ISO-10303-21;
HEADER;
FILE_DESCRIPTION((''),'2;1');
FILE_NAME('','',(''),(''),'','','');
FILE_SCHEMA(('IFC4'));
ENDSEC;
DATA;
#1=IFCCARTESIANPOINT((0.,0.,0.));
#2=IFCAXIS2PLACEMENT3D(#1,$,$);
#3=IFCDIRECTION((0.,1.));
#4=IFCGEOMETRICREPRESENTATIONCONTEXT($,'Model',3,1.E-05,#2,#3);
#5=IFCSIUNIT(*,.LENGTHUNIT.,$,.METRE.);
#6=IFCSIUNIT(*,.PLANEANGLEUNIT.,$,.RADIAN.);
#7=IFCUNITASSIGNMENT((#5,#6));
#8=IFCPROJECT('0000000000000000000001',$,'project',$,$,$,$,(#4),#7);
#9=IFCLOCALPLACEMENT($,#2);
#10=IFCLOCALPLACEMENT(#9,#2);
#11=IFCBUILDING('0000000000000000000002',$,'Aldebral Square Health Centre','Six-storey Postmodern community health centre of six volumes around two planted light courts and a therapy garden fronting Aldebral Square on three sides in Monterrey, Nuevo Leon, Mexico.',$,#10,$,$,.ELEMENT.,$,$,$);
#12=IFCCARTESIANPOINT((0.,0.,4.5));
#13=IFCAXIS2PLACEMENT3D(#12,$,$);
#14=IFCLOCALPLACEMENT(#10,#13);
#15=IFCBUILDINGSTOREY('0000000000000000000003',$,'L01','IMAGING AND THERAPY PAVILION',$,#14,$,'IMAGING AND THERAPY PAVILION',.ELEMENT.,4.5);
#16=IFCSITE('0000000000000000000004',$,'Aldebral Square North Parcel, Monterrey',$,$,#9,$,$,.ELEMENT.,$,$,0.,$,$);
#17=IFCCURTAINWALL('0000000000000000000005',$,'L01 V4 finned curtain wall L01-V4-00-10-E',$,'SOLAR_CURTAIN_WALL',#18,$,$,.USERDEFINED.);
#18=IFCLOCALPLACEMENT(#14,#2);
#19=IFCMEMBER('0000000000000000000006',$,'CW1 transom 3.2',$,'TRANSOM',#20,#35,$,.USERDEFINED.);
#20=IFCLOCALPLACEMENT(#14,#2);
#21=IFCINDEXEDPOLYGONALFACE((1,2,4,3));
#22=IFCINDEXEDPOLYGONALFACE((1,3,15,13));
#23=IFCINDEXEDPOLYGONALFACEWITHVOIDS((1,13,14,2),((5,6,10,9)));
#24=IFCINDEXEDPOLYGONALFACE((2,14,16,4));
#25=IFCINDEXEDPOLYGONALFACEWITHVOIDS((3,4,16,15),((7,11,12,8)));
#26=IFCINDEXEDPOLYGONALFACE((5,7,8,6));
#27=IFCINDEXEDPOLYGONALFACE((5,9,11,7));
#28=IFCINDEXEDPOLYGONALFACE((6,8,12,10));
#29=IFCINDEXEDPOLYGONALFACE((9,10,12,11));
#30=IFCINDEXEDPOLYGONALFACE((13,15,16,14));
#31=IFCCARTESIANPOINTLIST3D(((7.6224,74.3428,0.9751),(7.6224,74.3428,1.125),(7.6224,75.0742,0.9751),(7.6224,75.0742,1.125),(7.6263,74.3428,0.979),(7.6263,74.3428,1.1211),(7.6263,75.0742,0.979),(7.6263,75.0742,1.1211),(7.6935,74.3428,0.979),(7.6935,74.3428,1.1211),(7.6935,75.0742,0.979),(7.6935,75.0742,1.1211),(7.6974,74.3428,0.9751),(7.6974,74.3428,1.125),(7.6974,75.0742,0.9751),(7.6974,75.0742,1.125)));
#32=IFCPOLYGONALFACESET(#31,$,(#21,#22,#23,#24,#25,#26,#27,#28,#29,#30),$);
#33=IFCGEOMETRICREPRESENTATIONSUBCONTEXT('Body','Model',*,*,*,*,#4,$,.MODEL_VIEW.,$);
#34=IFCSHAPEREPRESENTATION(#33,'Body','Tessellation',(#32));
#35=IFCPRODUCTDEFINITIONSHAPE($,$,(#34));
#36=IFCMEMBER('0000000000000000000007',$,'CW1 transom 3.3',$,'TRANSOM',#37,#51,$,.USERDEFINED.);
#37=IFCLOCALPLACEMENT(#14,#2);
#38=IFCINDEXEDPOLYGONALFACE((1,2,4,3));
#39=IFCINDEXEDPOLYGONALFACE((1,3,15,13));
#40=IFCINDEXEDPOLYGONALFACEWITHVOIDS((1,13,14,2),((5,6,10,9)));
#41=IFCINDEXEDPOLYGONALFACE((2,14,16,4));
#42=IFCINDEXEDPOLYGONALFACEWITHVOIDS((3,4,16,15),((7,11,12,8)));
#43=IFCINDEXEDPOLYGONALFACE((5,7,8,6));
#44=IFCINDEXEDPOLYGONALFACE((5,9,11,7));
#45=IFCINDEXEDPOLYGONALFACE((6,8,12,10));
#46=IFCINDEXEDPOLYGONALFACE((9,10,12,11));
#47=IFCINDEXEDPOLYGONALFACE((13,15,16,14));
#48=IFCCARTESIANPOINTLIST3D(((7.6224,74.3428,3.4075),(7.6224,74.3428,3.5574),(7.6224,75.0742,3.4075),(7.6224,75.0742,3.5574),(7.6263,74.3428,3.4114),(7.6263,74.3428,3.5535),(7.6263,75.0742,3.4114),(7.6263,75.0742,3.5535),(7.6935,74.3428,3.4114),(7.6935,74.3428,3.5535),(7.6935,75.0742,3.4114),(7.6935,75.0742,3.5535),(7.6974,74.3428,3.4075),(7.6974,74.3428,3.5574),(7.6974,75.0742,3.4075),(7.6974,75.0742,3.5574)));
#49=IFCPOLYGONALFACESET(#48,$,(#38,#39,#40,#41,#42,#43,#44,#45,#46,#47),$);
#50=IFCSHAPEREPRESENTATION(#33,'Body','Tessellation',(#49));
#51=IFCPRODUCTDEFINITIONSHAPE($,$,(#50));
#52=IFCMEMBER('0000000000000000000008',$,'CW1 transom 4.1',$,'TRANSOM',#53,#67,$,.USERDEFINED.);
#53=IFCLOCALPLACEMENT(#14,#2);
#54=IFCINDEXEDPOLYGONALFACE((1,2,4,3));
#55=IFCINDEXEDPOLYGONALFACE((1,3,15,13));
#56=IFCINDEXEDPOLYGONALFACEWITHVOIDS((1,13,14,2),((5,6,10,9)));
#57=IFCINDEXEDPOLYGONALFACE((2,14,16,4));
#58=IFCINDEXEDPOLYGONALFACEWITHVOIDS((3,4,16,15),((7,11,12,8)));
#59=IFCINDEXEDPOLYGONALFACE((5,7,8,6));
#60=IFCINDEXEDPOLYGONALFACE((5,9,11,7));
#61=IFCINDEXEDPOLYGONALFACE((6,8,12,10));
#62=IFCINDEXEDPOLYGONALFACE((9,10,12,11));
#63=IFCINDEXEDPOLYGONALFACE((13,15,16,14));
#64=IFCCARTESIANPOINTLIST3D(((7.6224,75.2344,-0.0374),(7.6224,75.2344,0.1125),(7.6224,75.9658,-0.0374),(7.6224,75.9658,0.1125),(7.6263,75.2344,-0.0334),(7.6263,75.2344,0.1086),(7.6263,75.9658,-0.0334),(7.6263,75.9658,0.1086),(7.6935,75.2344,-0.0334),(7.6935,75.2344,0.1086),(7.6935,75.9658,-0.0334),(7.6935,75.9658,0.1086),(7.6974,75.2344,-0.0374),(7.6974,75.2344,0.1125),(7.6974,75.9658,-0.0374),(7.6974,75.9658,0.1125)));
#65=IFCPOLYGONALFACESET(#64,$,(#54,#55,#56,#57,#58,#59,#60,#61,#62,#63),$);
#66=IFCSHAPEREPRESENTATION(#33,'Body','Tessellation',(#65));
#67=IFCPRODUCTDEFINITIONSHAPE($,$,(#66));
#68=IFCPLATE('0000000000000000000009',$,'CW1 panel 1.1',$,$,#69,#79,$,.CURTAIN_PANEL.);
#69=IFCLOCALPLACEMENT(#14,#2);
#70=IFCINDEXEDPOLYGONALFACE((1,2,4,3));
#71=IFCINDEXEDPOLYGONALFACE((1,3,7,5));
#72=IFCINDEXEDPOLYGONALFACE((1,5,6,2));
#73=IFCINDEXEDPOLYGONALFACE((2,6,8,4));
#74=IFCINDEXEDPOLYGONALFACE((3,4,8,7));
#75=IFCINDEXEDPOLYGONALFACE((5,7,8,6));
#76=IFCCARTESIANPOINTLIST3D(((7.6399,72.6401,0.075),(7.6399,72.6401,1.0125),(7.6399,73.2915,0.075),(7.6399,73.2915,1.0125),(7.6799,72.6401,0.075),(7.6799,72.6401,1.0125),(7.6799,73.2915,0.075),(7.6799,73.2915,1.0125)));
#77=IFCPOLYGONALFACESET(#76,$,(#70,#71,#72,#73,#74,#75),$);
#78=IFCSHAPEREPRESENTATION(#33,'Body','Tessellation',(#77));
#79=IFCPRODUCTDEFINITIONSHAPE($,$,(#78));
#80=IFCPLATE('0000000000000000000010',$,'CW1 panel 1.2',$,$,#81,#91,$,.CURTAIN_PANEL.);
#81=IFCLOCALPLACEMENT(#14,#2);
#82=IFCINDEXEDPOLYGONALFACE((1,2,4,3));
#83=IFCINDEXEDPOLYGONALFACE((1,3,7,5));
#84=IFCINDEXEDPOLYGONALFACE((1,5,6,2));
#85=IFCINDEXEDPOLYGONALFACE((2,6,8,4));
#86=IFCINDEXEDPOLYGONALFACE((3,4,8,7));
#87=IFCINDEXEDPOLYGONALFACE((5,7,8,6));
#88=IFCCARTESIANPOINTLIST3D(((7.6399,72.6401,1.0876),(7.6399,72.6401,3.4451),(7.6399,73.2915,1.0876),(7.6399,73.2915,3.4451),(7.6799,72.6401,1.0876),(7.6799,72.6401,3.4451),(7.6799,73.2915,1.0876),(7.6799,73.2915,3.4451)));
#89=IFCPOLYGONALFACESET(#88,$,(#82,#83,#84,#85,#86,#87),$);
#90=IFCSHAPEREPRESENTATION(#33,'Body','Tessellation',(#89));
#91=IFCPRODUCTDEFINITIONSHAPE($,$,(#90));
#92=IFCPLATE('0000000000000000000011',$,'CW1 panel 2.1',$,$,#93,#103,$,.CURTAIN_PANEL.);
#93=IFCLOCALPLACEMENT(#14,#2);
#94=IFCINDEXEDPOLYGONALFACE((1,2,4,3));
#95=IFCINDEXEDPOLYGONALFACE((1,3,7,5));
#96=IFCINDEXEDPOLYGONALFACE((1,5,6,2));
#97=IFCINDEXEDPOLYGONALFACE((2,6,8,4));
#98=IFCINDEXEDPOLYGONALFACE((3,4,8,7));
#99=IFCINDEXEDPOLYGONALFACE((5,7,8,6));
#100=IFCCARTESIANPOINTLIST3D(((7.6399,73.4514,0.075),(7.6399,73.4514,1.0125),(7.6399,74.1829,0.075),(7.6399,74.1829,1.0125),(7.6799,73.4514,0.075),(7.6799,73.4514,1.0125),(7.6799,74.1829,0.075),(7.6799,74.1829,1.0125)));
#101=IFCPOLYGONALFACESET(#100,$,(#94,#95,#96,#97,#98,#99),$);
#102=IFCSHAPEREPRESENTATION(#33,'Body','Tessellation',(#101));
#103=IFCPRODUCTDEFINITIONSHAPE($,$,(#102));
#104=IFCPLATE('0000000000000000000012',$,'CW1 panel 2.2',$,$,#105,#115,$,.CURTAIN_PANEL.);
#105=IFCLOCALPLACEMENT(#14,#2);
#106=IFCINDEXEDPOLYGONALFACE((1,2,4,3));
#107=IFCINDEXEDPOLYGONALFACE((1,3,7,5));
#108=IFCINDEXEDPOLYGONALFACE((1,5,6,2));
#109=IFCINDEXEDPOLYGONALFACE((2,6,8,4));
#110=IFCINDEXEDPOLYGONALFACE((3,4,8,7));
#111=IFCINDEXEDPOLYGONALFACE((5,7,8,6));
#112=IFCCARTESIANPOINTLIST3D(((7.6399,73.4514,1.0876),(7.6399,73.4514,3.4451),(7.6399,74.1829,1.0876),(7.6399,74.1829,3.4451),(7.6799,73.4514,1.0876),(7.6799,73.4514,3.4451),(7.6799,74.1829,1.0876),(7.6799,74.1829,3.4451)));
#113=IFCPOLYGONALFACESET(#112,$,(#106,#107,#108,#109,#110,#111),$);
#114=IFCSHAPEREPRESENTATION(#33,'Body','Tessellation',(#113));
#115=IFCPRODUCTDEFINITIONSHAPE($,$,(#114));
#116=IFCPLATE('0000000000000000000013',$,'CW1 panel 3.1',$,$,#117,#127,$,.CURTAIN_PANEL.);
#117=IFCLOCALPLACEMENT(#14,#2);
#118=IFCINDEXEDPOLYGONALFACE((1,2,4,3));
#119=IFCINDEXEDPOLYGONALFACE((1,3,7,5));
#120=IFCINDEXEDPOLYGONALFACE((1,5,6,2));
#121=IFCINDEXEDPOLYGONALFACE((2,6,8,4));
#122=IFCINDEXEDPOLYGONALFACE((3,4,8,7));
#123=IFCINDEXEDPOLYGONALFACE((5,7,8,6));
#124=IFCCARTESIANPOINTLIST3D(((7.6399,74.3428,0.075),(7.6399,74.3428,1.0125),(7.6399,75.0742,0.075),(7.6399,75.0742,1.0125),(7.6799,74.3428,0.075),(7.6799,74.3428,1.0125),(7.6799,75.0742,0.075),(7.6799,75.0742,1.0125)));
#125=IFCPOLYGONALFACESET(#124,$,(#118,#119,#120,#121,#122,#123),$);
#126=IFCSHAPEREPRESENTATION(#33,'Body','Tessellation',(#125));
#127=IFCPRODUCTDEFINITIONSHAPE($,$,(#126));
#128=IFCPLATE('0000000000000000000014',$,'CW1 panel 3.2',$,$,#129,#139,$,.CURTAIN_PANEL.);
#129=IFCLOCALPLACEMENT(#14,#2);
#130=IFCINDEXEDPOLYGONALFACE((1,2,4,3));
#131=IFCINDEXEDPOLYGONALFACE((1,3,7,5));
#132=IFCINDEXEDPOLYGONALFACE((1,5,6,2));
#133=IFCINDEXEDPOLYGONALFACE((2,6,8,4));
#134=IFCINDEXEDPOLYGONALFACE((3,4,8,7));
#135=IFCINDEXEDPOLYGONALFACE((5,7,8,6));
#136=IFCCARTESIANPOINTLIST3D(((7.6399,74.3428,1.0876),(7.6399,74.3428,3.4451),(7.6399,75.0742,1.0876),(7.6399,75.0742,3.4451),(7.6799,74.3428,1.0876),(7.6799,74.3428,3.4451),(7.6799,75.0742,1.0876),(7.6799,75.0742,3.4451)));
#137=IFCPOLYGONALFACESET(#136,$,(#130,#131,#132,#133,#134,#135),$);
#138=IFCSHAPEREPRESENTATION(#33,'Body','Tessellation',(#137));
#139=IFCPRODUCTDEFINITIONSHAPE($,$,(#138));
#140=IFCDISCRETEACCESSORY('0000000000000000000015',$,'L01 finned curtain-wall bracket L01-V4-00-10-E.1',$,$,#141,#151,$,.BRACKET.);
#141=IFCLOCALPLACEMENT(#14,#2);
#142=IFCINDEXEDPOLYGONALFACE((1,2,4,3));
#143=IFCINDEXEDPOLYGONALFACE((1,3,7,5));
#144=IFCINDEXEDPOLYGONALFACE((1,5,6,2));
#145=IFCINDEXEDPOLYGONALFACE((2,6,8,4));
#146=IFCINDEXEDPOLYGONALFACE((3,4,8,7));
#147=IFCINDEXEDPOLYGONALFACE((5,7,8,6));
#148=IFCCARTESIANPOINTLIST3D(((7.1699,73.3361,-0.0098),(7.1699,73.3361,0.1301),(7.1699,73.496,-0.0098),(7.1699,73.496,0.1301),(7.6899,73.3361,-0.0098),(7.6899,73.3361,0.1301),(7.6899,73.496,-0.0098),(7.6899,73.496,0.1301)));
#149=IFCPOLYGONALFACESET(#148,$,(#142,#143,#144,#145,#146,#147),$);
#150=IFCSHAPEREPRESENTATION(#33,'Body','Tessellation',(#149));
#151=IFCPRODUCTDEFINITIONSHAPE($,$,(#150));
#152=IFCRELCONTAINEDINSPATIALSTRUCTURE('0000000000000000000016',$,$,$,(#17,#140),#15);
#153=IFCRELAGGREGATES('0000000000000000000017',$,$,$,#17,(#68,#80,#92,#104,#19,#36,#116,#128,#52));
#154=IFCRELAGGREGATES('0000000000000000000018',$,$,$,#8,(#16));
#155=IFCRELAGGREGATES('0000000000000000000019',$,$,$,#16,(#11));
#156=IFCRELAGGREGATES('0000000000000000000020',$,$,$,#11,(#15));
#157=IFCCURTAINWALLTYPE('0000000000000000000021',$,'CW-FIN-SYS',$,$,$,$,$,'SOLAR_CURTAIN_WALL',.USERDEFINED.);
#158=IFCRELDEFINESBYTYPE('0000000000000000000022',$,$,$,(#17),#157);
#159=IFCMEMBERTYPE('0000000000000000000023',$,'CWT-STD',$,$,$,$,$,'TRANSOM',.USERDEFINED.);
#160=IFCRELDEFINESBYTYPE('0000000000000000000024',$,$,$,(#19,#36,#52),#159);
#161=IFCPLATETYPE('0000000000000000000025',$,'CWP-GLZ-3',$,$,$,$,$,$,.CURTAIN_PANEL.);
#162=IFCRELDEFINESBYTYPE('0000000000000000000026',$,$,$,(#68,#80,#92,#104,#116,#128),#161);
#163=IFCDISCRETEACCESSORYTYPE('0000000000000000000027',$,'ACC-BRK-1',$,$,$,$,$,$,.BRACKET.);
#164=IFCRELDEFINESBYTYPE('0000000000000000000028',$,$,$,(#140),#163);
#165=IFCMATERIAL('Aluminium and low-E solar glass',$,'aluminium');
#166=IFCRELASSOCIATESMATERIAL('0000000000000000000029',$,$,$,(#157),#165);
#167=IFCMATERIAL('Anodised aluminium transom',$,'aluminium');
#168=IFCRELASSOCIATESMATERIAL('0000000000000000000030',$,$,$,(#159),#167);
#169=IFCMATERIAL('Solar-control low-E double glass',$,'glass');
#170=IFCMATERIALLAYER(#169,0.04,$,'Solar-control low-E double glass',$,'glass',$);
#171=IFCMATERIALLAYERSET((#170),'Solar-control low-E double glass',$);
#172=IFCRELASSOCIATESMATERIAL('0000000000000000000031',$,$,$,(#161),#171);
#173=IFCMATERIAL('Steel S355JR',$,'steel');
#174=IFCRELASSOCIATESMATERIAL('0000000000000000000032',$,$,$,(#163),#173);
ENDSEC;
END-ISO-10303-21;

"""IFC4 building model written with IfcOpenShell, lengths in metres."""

from ifc_helpers import new_model, si_unit, direction, frame, origin, origin_2d, place, context, subcontext, project, spatial, rectangle, hollow_rectangle, extrude, material, layer, layer_set, material_profile, profile_set, type_object, element, aggregate, save


model = new_model("IFC4")

# Units and contexts
model_context = context("Model", 3, precision=1e-05, world=origin(), true_north=direction((0.0, 1.0)))
body_context = subcontext(model_context, "Body", "Model", "MODEL_VIEW")
ifc_project = project(units=[si_unit("LENGTHUNIT", "METRE"), si_unit("PLANEANGLEUNIT", "RADIAN")], contexts=[model_context])

# Site, building, storey
site_placement = place(None, origin())
site = spatial("IfcSite", under=ifc_project, at=site_placement, Name="Aldebral Square North Parcel, Monterrey", CompositionType="ELEMENT", RefElevation=0.0)
building_placement = place(site_placement, origin())
building = spatial("IfcBuilding", under=site, at=building_placement, Name="Aldebral Square Health Centre", Description="Six-storey Postmodern community health centre of six volumes around two planted light courts and a therapy garden fronting Aldebral Square on three sides in Monterrey, Nuevo Leon, Mexico.", CompositionType="ELEMENT")
storey_placement = place(building_placement, frame((0.0, 0.0, 4.5)))
storey = spatial("IfcBuildingStorey", under=building, at=storey_placement, Name="L01", Description="IMAGING AND THERAPY PAVILION", LongName="IMAGING AND THERAPY PAVILION", CompositionType="ELEMENT", Elevation=4.5)

# Curtain wall, members, plates
ifc_material_1 = material(Name="Aluminium and low-E solar glass", Category="aluminium")
curtain_wall_type = type_object("IfcCurtainWallType", Name="CW-FIN-SYS", ElementType="SOLAR_CURTAIN_WALL", PredefinedType="USERDEFINED", material=ifc_material_1)
curtain_wall_placement = place(storey_placement, origin())
curtain_wall = element("IfcCurtainWall", 1, at=curtain_wall_placement, inside=storey, type_object=curtain_wall_type, Name="L01 V4 finned curtain wall L01-V4-00-10-E", ObjectType="SOLAR_CURTAIN_WALL", PredefinedType="USERDEFINED")
ifc_material_2 = material(Name="Anodised aluminium transom", Category="aluminium")
ifc_material_profile_1 = material_profile(ifc_material_2, hollow_rectangle(XDim=0.075, YDim=0.1499, WallThickness=0.0039, at=origin_2d()), Name="CWT 75x150x4")
ifc_profile_set_1 = profile_set([ifc_material_profile_1], Name="Anodised aluminium transom")
member_type_1 = type_object("IfcMemberType", Name="CWT-STD", ElementType="TRANSOM", PredefinedType="USERDEFINED", material=ifc_profile_set_1)
member_1_placement = place(storey_placement, frame((7.6599, 74.3428, 1.05), z_axis=(0.0, 1.0, 0.0), x_axis=(-1.0, 0.0, 0.0)))
member_1 = element("IfcMember", 2, at=member_1_placement, type_object=member_type_1, Name="CW1 transom 3.2", ObjectType="TRANSOM", PredefinedType="USERDEFINED", context=body_context, shape_type="SweptSolid", body=[
    extrude(hollow_rectangle(XDim=0.075, YDim=0.1499, WallThickness=0.0039, at=origin_2d()), origin(), (0.0, 0.0, 1.0), 0.7314),
])
member_2_placement = place(storey_placement, frame((7.6599, 74.3428, 3.4824), z_axis=(0.0, 1.0, 0.0), x_axis=(-1.0, 0.0, 0.0)))
member_2 = element("IfcMember", 3, at=member_2_placement, type_object=member_type_1, Name="CW1 transom 3.3", ObjectType="TRANSOM", PredefinedType="USERDEFINED", context=body_context, shape_type="SweptSolid", body=[
    extrude(hollow_rectangle(XDim=0.075, YDim=0.1499, WallThickness=0.0039, at=origin_2d()), origin(), (0.0, 0.0, 1.0), 0.7314),
])
member_3_placement = place(storey_placement, frame((7.6599, 75.2344, 0.0376), z_axis=(0.0, 1.0, 0.0), x_axis=(-1.0, 0.0, 0.0)))
member_3 = element("IfcMember", 4, at=member_3_placement, type_object=member_type_1, Name="CW1 transom 4.1", ObjectType="TRANSOM", PredefinedType="USERDEFINED", context=body_context, shape_type="SweptSolid", body=[
    extrude(hollow_rectangle(XDim=0.075, YDim=0.1499, WallThickness=0.0039, at=origin_2d()), origin(), (0.0, 0.0, 1.0), 0.7314),
])
ifc_material_3 = material(Name="Solar-control low-E double glass", Category="glass")
ifc_layer = layer(ifc_material_3, 0.04, Name="Solar-control low-E double glass", Category="glass")
ifc_layer_set = layer_set([ifc_layer], Name="Solar-control low-E double glass")
plate_type = type_object("IfcPlateType", Name="CWP-GLZ-3", PredefinedType="CURTAIN_PANEL", material=ifc_layer_set)
plate_1_placement = place(storey_placement, frame((7.6599, 72.9658, 0.075), z_axis=(0.0, 0.0, 1.0), x_axis=(0.0, 1.0, 0.0)))
plate_1 = element("IfcPlate", 5, at=plate_1_placement, type_object=plate_type, Name="CW1 panel 1.1", PredefinedType="CURTAIN_PANEL", context=body_context, shape_type="SweptSolid", body=[
    extrude(rectangle(XDim=0.6514, YDim=0.04, at=origin_2d()), origin(), (0.0, 0.0, 1.0), 0.9375),
])
plate_2_placement = place(storey_placement, frame((7.6599, 72.9658, 1.0876), z_axis=(0.0, 0.0, 1.0), x_axis=(0.0, 1.0, 0.0)))
plate_2 = element("IfcPlate", 6, at=plate_2_placement, type_object=plate_type, Name="CW1 panel 1.2", PredefinedType="CURTAIN_PANEL", context=body_context, shape_type="SweptSolid", body=[
    extrude(rectangle(XDim=0.6514, YDim=0.04, at=origin_2d()), origin(), (0.0, 0.0, 1.0), 2.3574),
])
plate_3_placement = place(storey_placement, frame((7.6599, 73.8171, 0.075), z_axis=(0.0, 0.0, 1.0), x_axis=(0.0, 1.0, 0.0)))
plate_3 = element("IfcPlate", 7, at=plate_3_placement, type_object=plate_type, Name="CW1 panel 2.1", PredefinedType="CURTAIN_PANEL", context=body_context, shape_type="SweptSolid", body=[
    extrude(rectangle(XDim=0.7314, YDim=0.04, at=origin_2d()), origin(), (0.0, 0.0, 1.0), 0.9375),
])
plate_4_placement = place(storey_placement, frame((7.6599, 73.8171, 1.0876), z_axis=(0.0, 0.0, 1.0), x_axis=(0.0, 1.0, 0.0)))
plate_4 = element("IfcPlate", 8, at=plate_4_placement, type_object=plate_type, Name="CW1 panel 2.2", PredefinedType="CURTAIN_PANEL", context=body_context, shape_type="SweptSolid", body=[
    extrude(rectangle(XDim=0.7314, YDim=0.04, at=origin_2d()), origin(), (0.0, 0.0, 1.0), 2.3574),
])
plate_5_placement = place(storey_placement, frame((7.6599, 74.7085, 0.075), z_axis=(0.0, 0.0, 1.0), x_axis=(0.0, 1.0, 0.0)))
plate_5 = element("IfcPlate", 9, at=plate_5_placement, type_object=plate_type, Name="CW1 panel 3.1", PredefinedType="CURTAIN_PANEL", context=body_context, shape_type="SweptSolid", body=[
    extrude(rectangle(XDim=0.7314, YDim=0.04, at=origin_2d()), origin(), (0.0, 0.0, 1.0), 0.9375),
])
plate_6_placement = place(storey_placement, frame((7.6599, 74.7085, 1.0876), z_axis=(0.0, 0.0, 1.0), x_axis=(0.0, 1.0, 0.0)))
plate_6 = element("IfcPlate", 10, at=plate_6_placement, type_object=plate_type, Name="CW1 panel 3.2", PredefinedType="CURTAIN_PANEL", context=body_context, shape_type="SweptSolid", body=[
    extrude(rectangle(XDim=0.7314, YDim=0.04, at=origin_2d()), origin(), (0.0, 0.0, 1.0), 2.3574),
])
aggregate(curtain_wall, [plate_1, plate_2, plate_3, plate_4, member_1, member_2, plate_5, plate_6, member_3])

# Discrete accessory
ifc_material_4 = material(Name="Steel S355JR", Category="steel")
discrete_accessory_type = type_object("IfcDiscreteAccessoryType", Name="ACC-BRK-1", PredefinedType="BRACKET", material=ifc_material_4)
discrete_accessory_placement = place(storey_placement, frame((7.4299, 73.416, -0.0098), z_axis=(0.0, 0.0, 1.0), x_axis=(0.0, 1.0, 0.0)))
element("IfcDiscreteAccessory", 11, at=discrete_accessory_placement, inside=storey, type_object=discrete_accessory_type, Name="L01 finned curtain-wall bracket L01-V4-00-10-E.1", PredefinedType="BRACKET", context=body_context, shape_type="SweptSolid", body=[
    extrude(rectangle(XDim=0.1599, YDim=0.52, at=origin_2d()), origin(), (0.0, 0.0, 1.0), 0.1399),
])

save(model, "model.ifc")
